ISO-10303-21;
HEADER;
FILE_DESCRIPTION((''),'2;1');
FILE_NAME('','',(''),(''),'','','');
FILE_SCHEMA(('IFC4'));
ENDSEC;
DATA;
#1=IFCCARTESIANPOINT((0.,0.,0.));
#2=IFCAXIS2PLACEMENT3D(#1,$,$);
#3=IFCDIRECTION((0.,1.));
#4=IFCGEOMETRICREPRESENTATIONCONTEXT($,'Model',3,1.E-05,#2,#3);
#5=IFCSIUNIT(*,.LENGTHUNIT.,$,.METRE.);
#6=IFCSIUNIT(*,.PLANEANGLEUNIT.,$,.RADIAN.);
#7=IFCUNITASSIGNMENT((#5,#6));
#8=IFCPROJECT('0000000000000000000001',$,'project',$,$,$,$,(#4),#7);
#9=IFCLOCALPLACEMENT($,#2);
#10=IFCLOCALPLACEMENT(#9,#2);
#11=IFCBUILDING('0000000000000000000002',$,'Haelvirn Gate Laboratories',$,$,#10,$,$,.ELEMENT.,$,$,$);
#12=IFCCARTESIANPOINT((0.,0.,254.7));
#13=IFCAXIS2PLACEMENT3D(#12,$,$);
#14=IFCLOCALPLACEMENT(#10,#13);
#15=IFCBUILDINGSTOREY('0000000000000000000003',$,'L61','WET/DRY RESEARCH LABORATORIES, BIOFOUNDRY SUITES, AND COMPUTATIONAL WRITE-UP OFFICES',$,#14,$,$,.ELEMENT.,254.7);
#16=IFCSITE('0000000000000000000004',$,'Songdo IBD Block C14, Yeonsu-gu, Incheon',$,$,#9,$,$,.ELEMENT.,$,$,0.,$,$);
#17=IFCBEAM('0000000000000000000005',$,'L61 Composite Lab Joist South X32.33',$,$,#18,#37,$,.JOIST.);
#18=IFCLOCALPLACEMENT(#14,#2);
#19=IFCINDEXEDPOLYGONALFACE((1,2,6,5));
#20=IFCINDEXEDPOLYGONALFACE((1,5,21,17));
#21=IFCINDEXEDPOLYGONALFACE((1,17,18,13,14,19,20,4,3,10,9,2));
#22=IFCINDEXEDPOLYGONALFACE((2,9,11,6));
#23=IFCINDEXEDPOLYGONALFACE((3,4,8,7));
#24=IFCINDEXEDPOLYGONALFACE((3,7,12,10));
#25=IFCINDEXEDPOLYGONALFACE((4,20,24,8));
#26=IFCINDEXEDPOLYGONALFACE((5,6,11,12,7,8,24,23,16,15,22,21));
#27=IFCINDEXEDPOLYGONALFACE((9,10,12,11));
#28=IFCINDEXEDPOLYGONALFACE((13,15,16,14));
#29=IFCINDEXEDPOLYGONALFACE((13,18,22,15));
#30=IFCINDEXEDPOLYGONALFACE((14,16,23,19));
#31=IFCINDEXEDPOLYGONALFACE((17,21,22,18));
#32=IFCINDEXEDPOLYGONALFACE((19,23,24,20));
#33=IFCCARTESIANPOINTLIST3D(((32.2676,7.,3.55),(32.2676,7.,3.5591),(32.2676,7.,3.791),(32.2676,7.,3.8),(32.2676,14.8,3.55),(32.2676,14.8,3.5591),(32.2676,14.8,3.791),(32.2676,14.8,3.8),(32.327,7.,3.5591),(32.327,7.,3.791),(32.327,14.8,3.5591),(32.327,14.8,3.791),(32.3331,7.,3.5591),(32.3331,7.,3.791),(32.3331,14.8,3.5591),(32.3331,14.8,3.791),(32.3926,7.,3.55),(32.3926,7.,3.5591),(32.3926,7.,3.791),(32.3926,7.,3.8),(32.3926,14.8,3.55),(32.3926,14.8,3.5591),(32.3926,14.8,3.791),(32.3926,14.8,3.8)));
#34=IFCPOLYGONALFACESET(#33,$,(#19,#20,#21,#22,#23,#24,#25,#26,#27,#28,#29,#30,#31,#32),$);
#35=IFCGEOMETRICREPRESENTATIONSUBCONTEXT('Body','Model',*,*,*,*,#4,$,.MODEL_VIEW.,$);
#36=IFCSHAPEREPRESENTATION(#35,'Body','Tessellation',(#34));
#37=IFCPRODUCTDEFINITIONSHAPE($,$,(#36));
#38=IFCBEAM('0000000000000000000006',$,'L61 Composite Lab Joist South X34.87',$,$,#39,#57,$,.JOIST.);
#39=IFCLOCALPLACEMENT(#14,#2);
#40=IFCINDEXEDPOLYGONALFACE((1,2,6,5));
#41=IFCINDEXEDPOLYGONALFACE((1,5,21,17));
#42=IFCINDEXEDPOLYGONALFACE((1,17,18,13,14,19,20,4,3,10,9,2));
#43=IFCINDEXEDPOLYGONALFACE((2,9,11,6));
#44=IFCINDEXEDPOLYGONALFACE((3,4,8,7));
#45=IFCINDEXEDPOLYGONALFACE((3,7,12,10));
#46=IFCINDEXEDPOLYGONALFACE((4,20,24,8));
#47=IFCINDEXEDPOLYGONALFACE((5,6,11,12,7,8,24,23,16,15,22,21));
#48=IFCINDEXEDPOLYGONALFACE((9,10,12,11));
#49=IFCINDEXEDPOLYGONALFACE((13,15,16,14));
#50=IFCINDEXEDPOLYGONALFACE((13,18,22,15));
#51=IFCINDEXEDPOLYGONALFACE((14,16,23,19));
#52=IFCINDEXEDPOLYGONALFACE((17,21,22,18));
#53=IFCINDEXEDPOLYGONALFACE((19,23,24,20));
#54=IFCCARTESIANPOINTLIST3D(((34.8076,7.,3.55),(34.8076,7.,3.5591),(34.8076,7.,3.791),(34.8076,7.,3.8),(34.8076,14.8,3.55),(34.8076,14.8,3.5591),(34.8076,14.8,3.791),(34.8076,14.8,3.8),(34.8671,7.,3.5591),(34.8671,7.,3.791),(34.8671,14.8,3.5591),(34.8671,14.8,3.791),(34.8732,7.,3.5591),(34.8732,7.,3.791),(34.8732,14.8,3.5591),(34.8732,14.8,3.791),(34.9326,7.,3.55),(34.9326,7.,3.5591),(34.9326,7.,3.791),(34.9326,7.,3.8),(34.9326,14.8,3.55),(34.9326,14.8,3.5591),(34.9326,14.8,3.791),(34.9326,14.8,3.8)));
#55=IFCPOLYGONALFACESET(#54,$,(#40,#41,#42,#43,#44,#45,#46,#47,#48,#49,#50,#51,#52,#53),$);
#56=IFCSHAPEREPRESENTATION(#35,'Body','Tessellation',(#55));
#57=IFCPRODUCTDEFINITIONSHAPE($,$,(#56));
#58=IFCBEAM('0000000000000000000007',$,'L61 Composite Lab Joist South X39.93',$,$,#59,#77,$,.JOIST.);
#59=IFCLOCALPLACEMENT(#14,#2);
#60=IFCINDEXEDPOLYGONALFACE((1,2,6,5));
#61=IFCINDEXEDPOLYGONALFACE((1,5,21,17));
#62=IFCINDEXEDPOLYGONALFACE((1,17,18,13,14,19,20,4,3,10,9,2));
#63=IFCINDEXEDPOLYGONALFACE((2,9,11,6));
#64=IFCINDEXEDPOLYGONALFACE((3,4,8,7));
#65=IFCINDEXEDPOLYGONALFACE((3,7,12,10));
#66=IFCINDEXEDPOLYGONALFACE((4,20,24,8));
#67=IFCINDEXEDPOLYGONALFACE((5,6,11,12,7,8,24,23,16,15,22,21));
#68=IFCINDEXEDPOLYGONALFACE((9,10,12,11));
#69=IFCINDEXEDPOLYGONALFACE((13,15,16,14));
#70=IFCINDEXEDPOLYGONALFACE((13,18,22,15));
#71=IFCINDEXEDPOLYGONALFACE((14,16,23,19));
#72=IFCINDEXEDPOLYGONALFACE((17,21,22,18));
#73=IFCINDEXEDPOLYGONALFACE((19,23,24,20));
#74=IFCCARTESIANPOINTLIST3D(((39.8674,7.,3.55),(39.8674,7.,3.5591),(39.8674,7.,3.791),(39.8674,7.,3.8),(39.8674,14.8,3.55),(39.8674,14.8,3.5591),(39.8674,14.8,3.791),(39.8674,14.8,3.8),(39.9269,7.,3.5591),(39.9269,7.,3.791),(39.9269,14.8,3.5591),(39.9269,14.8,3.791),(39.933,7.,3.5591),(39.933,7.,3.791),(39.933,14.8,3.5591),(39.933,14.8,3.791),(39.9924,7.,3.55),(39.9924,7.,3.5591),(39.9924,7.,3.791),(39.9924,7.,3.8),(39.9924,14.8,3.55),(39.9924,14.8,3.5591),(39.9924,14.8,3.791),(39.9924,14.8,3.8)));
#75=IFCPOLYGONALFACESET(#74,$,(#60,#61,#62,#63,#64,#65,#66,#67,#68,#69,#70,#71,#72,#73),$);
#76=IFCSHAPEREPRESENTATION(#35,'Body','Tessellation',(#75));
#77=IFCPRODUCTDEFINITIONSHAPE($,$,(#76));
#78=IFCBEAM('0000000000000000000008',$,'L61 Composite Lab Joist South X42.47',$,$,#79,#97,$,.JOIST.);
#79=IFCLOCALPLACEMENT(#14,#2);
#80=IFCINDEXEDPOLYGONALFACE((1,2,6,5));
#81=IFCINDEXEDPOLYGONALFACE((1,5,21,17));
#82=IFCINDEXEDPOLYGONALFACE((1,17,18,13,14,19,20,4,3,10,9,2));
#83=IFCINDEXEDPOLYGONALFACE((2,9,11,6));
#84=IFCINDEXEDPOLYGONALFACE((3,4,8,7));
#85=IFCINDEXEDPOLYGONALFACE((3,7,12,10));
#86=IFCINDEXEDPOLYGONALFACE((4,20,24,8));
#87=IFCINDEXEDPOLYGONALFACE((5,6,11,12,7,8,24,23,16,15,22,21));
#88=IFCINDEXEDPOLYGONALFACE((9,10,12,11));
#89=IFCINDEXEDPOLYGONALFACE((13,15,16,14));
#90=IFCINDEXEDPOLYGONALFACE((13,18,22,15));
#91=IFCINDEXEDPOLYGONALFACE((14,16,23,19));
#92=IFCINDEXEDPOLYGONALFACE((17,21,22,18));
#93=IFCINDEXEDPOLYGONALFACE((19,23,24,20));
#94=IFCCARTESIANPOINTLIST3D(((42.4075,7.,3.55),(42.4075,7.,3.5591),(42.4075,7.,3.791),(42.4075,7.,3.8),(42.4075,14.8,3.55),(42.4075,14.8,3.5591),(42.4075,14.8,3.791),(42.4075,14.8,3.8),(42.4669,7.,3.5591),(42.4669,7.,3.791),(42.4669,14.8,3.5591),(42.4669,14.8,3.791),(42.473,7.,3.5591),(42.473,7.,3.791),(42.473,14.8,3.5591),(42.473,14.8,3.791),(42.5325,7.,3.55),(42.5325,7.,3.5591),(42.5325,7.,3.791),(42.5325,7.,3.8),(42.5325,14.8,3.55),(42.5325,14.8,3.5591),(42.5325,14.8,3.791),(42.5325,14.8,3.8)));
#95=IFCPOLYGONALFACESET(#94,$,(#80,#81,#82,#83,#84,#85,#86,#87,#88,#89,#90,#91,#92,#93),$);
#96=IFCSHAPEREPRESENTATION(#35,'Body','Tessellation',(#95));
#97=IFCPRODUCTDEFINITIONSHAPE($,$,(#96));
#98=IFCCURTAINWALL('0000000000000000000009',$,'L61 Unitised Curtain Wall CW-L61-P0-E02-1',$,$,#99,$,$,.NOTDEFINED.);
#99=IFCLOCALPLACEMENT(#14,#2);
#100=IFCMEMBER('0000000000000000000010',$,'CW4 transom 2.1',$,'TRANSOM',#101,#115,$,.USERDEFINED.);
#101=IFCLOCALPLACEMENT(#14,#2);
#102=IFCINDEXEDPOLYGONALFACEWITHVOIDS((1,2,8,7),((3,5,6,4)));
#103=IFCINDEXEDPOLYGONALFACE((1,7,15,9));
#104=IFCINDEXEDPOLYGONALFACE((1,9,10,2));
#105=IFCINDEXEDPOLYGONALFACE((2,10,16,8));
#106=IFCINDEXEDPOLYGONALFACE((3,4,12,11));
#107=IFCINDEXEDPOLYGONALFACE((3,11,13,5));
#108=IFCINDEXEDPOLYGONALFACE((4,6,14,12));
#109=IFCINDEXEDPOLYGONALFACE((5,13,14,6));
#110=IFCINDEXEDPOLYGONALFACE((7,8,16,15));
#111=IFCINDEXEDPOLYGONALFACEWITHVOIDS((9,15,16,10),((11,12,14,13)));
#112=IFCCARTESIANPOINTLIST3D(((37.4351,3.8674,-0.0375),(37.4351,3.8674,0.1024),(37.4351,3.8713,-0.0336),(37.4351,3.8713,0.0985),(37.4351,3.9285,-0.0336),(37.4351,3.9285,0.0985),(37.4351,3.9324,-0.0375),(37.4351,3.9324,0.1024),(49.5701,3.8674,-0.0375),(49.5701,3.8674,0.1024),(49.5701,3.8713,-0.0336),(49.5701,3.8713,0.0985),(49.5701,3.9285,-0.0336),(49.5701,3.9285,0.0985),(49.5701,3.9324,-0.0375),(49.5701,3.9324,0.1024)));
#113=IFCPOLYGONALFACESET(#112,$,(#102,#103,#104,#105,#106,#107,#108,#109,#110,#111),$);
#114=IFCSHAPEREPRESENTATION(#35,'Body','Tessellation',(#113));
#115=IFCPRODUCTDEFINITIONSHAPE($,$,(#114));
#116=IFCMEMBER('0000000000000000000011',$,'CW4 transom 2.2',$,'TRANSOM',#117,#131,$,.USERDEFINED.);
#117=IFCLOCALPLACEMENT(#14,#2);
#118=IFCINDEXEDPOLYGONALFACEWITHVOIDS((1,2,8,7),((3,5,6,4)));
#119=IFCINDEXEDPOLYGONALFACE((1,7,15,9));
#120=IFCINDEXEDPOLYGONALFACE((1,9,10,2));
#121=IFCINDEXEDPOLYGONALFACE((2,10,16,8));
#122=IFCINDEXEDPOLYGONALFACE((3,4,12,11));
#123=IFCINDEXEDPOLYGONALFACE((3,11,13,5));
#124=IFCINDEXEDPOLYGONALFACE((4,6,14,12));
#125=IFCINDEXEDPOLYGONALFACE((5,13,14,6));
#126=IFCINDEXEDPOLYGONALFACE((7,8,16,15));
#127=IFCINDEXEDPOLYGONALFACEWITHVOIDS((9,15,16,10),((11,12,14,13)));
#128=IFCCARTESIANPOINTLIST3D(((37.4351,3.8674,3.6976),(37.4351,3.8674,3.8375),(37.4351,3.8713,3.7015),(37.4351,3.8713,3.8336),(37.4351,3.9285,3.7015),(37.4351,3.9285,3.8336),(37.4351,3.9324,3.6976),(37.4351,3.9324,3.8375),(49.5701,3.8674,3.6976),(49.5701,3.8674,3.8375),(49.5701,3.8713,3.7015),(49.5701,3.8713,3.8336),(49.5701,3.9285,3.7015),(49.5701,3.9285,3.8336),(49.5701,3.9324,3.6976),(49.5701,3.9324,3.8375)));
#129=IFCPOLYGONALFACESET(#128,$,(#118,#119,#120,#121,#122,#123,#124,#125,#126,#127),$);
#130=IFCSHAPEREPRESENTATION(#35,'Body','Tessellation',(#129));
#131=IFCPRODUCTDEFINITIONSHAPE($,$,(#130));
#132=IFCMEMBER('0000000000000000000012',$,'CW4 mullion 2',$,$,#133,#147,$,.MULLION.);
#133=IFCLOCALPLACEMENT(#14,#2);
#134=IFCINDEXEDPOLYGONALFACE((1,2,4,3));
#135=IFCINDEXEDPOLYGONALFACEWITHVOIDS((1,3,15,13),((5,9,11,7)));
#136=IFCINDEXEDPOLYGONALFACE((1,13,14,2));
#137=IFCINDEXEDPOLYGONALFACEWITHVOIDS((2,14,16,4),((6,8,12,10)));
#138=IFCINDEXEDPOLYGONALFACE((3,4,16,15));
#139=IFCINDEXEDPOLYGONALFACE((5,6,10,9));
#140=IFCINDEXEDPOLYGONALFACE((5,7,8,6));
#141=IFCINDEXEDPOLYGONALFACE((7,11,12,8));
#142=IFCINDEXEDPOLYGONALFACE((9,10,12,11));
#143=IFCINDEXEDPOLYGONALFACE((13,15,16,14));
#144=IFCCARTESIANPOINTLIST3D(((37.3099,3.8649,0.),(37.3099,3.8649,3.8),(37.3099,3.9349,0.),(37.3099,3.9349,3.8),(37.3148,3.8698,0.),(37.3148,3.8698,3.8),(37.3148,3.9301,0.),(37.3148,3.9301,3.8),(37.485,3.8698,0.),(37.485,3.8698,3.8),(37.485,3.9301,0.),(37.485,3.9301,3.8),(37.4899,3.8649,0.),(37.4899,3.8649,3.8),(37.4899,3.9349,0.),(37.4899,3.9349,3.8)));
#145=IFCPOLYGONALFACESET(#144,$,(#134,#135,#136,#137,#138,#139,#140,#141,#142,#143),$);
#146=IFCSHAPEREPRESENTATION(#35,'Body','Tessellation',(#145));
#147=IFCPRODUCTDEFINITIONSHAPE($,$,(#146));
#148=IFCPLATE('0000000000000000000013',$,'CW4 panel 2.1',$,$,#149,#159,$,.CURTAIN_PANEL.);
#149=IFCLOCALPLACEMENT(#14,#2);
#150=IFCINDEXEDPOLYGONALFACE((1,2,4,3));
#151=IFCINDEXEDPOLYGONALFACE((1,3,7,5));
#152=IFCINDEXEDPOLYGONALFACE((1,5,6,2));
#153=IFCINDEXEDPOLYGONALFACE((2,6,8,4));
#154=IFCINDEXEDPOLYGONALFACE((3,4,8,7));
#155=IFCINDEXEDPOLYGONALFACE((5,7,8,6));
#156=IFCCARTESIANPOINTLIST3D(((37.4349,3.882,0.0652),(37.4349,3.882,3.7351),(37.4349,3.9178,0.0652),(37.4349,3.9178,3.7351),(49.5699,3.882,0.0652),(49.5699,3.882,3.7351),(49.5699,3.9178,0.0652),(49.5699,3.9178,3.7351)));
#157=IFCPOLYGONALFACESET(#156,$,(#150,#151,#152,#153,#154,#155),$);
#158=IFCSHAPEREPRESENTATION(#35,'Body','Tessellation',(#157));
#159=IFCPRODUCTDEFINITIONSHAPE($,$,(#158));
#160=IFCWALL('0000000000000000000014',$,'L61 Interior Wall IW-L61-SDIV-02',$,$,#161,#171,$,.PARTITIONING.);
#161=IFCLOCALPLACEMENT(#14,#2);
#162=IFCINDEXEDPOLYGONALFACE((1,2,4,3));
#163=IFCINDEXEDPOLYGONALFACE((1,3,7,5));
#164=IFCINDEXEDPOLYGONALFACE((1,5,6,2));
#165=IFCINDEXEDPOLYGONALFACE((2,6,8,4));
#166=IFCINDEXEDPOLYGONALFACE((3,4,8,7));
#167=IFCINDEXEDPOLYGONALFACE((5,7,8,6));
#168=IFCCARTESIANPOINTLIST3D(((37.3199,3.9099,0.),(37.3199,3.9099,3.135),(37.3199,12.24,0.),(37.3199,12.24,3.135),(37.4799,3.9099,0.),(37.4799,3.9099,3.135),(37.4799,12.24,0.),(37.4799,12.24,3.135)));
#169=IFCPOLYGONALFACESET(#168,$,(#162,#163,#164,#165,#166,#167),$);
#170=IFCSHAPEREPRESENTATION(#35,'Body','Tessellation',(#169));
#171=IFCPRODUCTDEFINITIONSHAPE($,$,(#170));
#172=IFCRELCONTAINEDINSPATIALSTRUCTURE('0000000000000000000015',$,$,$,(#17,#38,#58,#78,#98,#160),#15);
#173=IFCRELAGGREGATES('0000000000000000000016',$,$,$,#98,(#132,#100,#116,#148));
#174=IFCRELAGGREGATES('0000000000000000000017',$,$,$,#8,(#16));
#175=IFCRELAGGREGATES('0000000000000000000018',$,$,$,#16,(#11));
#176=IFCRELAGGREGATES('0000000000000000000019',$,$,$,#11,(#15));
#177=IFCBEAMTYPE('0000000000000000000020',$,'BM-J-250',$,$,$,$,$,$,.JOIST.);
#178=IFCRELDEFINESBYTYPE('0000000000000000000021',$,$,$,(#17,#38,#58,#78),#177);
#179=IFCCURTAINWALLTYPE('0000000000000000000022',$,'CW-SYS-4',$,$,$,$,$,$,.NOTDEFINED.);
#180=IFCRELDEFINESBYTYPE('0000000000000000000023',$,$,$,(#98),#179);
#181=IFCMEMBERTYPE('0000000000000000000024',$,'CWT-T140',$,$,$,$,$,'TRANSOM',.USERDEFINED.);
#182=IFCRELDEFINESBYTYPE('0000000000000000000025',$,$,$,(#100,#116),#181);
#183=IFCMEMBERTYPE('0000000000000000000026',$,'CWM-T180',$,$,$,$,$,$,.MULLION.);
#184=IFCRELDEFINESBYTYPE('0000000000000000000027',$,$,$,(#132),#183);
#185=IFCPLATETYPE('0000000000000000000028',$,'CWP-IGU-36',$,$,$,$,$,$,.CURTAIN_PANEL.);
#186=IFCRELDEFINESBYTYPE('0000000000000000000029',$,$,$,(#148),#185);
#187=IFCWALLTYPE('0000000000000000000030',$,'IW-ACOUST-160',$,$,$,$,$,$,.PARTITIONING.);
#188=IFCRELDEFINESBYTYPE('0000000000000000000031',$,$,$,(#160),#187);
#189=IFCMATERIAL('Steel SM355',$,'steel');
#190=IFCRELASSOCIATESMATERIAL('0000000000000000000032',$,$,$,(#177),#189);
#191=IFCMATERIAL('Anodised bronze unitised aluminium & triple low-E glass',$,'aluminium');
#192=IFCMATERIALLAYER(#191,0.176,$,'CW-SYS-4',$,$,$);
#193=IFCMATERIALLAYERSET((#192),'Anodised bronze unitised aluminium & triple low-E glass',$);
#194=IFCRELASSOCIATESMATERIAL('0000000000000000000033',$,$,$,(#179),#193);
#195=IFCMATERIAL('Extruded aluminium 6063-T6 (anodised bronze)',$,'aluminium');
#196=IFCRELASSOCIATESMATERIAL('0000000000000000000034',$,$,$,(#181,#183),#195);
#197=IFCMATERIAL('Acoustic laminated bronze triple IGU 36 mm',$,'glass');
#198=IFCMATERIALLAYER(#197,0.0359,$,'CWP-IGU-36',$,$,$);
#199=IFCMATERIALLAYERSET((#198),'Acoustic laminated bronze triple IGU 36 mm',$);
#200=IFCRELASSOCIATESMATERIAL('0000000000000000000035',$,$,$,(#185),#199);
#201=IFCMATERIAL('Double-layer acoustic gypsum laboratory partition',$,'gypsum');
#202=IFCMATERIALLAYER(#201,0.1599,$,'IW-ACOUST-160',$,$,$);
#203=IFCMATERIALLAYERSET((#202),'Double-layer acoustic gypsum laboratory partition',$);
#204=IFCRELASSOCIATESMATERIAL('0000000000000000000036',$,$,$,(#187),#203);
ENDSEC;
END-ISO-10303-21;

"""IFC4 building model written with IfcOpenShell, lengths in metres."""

from ifc_helpers import new_model, si_unit, direction, frame, frame_2d, origin, origin_2d, place, context, subcontext, project, spatial, rectangle, hollow_rectangle, i_section, extrude, source, transform, mapped, material, layer, layer_set, material_profile, profile_set, type_object, type_shapes, element, aggregate, save


model = new_model("IFC4")

# Units and contexts
model_context = context("Model", 3, precision=1e-05, world=origin(), true_north=direction((0.0, 1.0)))
body_context = subcontext(model_context, "Body", "Model", "MODEL_VIEW")
ifc_project = project(units=[si_unit("LENGTHUNIT", "METRE"), si_unit("PLANEANGLEUNIT", "RADIAN")], contexts=[model_context])

# Site, building, storey
site_placement = place(None, origin())
site = spatial("IfcSite", under=ifc_project, at=site_placement, Name="Songdo IBD Block C14, Yeonsu-gu, Incheon", CompositionType="ELEMENT", RefElevation=0.0)
building_placement = place(site_placement, origin())
building = spatial("IfcBuilding", under=site, at=building_placement, Name="Haelvirn Gate Laboratories", CompositionType="ELEMENT")
storey_placement = place(building_placement, frame((0.0, 0.0, 254.7)))
storey = spatial("IfcBuildingStorey", under=building, at=storey_placement, Name="L61", Description="WET/DRY RESEARCH LABORATORIES, BIOFOUNDRY SUITES, AND COMPUTATIONAL WRITE-UP OFFICES", CompositionType="ELEMENT", Elevation=254.7)

# Shared definitions
ifc_material_1 = material(Name="Steel SM355", Category="steel")

# Beams
ifc_material_profile_1 = material_profile(ifc_material_1, i_section(OverallWidth=0.125, OverallDepth=0.25, WebThickness=0.0061, FlangeThickness=0.009, at=origin_2d()), Name="H-250x125x6x9")
ifc_profile_set_1 = profile_set([ifc_material_profile_1], Name="Steel SM355")
beam_type_1 = type_object("IfcBeamType", Name="BM-J-250", PredefinedType="JOIST", material=ifc_profile_set_1)
shared_shape_1 = source(origin(), body_context, "Body", "SweptSolid", [
    extrude(i_section(OverallWidth=0.125, OverallDepth=0.25, WebThickness=0.0061, FlangeThickness=0.009, at=origin_2d()), origin(), (0.0, 0.0, 1.0), 7.8),
])
type_shapes(beam_type_1, [shared_shape_1])
for number, where, z_axis, x_axis, name in (
    (1, (32.3301, 7.0, 3.675), (0.0, 1.0, 0.0), (-1.0, 0.0, 0.0), "L61 Composite Lab Joist South X32.33"),
    (2, (34.8701, 7.0, 3.675), (0.0, 1.0, 0.0), (-1.0, 0.0, 0.0), "L61 Composite Lab Joist South X34.87"),
    (3, (39.9299, 7.0, 3.675), (0.0, 1.0, 0.0), (-1.0, 0.0, 0.0), "L61 Composite Lab Joist South X39.93"),
    (4, (42.47, 7.0, 3.675), (0.0, 1.0, 0.0), (-1.0, 0.0, 0.0), "L61 Composite Lab Joist South X42.47"),
):
    element("IfcBeam", number, at=place(storey_placement, frame(where, z_axis=z_axis, x_axis=x_axis)), inside=storey, type_object=beam_type_1, Name=name, PredefinedType="JOIST", context=body_context, shape_type="MappedRepresentation", body=[
        mapped(shared_shape_1, transform((0.0, 0.0, 0.0), scale=1.0)),
    ])

# Curtain wall, members, plate
ifc_material_2 = material(Name="Anodised bronze unitised aluminium & triple low-E glass", Category="aluminium")
ifc_layer_1 = layer(ifc_material_2, 0.176, Name="CW-SYS-4")
ifc_layer_set_1 = layer_set([ifc_layer_1], Name="Anodised bronze unitised aluminium & triple low-E glass")
curtain_wall_type = type_object("IfcCurtainWallType", Name="CW-SYS-4", PredefinedType="NOTDEFINED", material=ifc_layer_set_1)
curtain_wall_placement = place(storey_placement, origin())
curtain_wall = element("IfcCurtainWall", 5, at=curtain_wall_placement, inside=storey, type_object=curtain_wall_type, Name="L61 Unitised Curtain Wall CW-L61-P0-E02-1", PredefinedType="NOTDEFINED")
ifc_material_3 = material(Name="Extruded aluminium 6063-T6 (anodised bronze)", Category="aluminium")
ifc_material_profile_2 = material_profile(ifc_material_3, hollow_rectangle(XDim=0.0649, YDim=0.1399, WallThickness=0.0039, at=origin_2d()), Name="CWT-140x65x4")
ifc_profile_set_2 = profile_set([ifc_material_profile_2], Name="Extruded aluminium 6063-T6 (anodised bronze)")
member_type_1 = type_object("IfcMemberType", Name="CWT-T140", ElementType="TRANSOM", PredefinedType="USERDEFINED", material=ifc_profile_set_2)
shared_shape_2 = source(origin(), body_context, "Body", "SweptSolid", [
    extrude(hollow_rectangle(XDim=0.0649, YDim=0.1399, WallThickness=0.0039, at=origin_2d()), origin(), (0.0, 0.0, 1.0), 12.135),
])
type_shapes(member_type_1, [shared_shape_2])
member_1_placement = place(storey_placement, frame((37.4351, 3.8999, 0.0325), z_axis=(1.0, 0.0, 0.0), x_axis=(0.0, 1.0, 0.0)))
member_1 = element("IfcMember", 6, at=member_1_placement, type_object=member_type_1, Name="CW4 transom 2.1", ObjectType="TRANSOM", PredefinedType="USERDEFINED", context=body_context, shape_type="MappedRepresentation", body=[
    mapped(shared_shape_2, transform((0.0, 0.0, 0.0), scale=1.0)),
])
member_2_placement = place(storey_placement, frame((37.4351, 3.8999, 3.7676), z_axis=(1.0, 0.0, 0.0), x_axis=(0.0, 1.0, 0.0)))
member_2 = element("IfcMember", 7, at=member_2_placement, type_object=member_type_1, Name="CW4 transom 2.2", ObjectType="TRANSOM", PredefinedType="USERDEFINED", context=body_context, shape_type="MappedRepresentation", body=[
    mapped(shared_shape_2, transform((0.0, 0.0, 0.0), scale=1.0)),
])
ifc_material_profile_3 = material_profile(ifc_material_3, hollow_rectangle(XDim=0.0701, YDim=0.1799, WallThickness=0.0049, at=origin_2d()), Name="CWM-180x70x5")
ifc_profile_set_3 = profile_set([ifc_material_profile_3], Name="Extruded aluminium 6063-T6 (anodised bronze)")
member_type_2 = type_object("IfcMemberType", Name="CWM-T180", PredefinedType="MULLION", material=ifc_profile_set_3)
shared_shape_3 = source(origin(), body_context, "Body", "SweptSolid", [
    extrude(hollow_rectangle(XDim=0.0701, YDim=0.1799, WallThickness=0.0049, at=origin_2d()), origin(), (0.0, 0.0, 1.0), 3.8),
])
type_shapes(member_type_2, [shared_shape_3])
member_3_placement = place(storey_placement, frame((37.3999, 3.8999, 0.0), z_axis=(0.0, 0.0, 1.0), x_axis=(0.0, 1.0, 0.0)))
member_3 = element("IfcMember", 8, at=member_3_placement, type_object=member_type_2, Name="CW4 mullion 2", PredefinedType="MULLION", context=body_context, shape_type="MappedRepresentation", body=[
    mapped(shared_shape_3, transform((0.0, 0.0, 0.0), scale=1.0)),
])
ifc_material_4 = material(Name="Acoustic laminated bronze triple IGU 36 mm", Category="glass")
ifc_layer_2 = layer(ifc_material_4, 0.0359, Name="CWP-IGU-36")
ifc_layer_set_2 = layer_set([ifc_layer_2], Name="Acoustic laminated bronze triple IGU 36 mm")
plate_type = type_object("IfcPlateType", Name="CWP-IGU-36", PredefinedType="CURTAIN_PANEL", material=ifc_layer_set_2)
shared_shape_4 = source(origin(), body_context, "Body", "SweptSolid", [
    extrude(rectangle(XDim=12.135, YDim=0.0359, at=origin_2d()), origin(), (0.0, 0.0, 1.0), 3.6699),
])
type_shapes(plate_type, [shared_shape_4])
plate_placement = place(storey_placement, frame((43.5024, 3.8999, 0.0652), z_axis=(0.0, 0.0, 1.0), x_axis=(1.0, 0.0, 0.0)))
plate = element("IfcPlate", 9, at=plate_placement, type_object=plate_type, Name="CW4 panel 2.1", PredefinedType="CURTAIN_PANEL", context=body_context, shape_type="MappedRepresentation", body=[
    mapped(shared_shape_4, transform((0.0, 0.0, 0.0), scale=1.0)),
])
aggregate(curtain_wall, [member_3, member_1, member_2, plate])

# Wall
ifc_material_5 = material(Name="Double-layer acoustic gypsum laboratory partition", Category="gypsum")
ifc_layer_3 = layer(ifc_material_5, 0.1599, Name="IW-ACOUST-160")
ifc_layer_set_3 = layer_set([ifc_layer_3], Name="Double-layer acoustic gypsum laboratory partition")
wall_type_1 = type_object("IfcWallType", Name="IW-ACOUST-160", PredefinedType="PARTITIONING", material=ifc_layer_set_3)
wall_1_placement = place(storey_placement, frame((37.3999, 3.9099, 0.0), z_axis=(0.0, 0.0, 1.0), x_axis=(0.0, 1.0, 0.0)))
element("IfcWall", 10, at=wall_1_placement, inside=storey, type_object=wall_type_1, Name="L61 Interior Wall IW-L61-SDIV-02", PredefinedType="PARTITIONING", context=body_context, shape_type="SweptSolid", body=[
    extrude(rectangle(XDim=8.3301, YDim=0.1599, at=frame_2d((4.165, 0.0))), origin(), (0.0, 0.0, 1.0), 3.135),
])

save(model, "model.ifc")
